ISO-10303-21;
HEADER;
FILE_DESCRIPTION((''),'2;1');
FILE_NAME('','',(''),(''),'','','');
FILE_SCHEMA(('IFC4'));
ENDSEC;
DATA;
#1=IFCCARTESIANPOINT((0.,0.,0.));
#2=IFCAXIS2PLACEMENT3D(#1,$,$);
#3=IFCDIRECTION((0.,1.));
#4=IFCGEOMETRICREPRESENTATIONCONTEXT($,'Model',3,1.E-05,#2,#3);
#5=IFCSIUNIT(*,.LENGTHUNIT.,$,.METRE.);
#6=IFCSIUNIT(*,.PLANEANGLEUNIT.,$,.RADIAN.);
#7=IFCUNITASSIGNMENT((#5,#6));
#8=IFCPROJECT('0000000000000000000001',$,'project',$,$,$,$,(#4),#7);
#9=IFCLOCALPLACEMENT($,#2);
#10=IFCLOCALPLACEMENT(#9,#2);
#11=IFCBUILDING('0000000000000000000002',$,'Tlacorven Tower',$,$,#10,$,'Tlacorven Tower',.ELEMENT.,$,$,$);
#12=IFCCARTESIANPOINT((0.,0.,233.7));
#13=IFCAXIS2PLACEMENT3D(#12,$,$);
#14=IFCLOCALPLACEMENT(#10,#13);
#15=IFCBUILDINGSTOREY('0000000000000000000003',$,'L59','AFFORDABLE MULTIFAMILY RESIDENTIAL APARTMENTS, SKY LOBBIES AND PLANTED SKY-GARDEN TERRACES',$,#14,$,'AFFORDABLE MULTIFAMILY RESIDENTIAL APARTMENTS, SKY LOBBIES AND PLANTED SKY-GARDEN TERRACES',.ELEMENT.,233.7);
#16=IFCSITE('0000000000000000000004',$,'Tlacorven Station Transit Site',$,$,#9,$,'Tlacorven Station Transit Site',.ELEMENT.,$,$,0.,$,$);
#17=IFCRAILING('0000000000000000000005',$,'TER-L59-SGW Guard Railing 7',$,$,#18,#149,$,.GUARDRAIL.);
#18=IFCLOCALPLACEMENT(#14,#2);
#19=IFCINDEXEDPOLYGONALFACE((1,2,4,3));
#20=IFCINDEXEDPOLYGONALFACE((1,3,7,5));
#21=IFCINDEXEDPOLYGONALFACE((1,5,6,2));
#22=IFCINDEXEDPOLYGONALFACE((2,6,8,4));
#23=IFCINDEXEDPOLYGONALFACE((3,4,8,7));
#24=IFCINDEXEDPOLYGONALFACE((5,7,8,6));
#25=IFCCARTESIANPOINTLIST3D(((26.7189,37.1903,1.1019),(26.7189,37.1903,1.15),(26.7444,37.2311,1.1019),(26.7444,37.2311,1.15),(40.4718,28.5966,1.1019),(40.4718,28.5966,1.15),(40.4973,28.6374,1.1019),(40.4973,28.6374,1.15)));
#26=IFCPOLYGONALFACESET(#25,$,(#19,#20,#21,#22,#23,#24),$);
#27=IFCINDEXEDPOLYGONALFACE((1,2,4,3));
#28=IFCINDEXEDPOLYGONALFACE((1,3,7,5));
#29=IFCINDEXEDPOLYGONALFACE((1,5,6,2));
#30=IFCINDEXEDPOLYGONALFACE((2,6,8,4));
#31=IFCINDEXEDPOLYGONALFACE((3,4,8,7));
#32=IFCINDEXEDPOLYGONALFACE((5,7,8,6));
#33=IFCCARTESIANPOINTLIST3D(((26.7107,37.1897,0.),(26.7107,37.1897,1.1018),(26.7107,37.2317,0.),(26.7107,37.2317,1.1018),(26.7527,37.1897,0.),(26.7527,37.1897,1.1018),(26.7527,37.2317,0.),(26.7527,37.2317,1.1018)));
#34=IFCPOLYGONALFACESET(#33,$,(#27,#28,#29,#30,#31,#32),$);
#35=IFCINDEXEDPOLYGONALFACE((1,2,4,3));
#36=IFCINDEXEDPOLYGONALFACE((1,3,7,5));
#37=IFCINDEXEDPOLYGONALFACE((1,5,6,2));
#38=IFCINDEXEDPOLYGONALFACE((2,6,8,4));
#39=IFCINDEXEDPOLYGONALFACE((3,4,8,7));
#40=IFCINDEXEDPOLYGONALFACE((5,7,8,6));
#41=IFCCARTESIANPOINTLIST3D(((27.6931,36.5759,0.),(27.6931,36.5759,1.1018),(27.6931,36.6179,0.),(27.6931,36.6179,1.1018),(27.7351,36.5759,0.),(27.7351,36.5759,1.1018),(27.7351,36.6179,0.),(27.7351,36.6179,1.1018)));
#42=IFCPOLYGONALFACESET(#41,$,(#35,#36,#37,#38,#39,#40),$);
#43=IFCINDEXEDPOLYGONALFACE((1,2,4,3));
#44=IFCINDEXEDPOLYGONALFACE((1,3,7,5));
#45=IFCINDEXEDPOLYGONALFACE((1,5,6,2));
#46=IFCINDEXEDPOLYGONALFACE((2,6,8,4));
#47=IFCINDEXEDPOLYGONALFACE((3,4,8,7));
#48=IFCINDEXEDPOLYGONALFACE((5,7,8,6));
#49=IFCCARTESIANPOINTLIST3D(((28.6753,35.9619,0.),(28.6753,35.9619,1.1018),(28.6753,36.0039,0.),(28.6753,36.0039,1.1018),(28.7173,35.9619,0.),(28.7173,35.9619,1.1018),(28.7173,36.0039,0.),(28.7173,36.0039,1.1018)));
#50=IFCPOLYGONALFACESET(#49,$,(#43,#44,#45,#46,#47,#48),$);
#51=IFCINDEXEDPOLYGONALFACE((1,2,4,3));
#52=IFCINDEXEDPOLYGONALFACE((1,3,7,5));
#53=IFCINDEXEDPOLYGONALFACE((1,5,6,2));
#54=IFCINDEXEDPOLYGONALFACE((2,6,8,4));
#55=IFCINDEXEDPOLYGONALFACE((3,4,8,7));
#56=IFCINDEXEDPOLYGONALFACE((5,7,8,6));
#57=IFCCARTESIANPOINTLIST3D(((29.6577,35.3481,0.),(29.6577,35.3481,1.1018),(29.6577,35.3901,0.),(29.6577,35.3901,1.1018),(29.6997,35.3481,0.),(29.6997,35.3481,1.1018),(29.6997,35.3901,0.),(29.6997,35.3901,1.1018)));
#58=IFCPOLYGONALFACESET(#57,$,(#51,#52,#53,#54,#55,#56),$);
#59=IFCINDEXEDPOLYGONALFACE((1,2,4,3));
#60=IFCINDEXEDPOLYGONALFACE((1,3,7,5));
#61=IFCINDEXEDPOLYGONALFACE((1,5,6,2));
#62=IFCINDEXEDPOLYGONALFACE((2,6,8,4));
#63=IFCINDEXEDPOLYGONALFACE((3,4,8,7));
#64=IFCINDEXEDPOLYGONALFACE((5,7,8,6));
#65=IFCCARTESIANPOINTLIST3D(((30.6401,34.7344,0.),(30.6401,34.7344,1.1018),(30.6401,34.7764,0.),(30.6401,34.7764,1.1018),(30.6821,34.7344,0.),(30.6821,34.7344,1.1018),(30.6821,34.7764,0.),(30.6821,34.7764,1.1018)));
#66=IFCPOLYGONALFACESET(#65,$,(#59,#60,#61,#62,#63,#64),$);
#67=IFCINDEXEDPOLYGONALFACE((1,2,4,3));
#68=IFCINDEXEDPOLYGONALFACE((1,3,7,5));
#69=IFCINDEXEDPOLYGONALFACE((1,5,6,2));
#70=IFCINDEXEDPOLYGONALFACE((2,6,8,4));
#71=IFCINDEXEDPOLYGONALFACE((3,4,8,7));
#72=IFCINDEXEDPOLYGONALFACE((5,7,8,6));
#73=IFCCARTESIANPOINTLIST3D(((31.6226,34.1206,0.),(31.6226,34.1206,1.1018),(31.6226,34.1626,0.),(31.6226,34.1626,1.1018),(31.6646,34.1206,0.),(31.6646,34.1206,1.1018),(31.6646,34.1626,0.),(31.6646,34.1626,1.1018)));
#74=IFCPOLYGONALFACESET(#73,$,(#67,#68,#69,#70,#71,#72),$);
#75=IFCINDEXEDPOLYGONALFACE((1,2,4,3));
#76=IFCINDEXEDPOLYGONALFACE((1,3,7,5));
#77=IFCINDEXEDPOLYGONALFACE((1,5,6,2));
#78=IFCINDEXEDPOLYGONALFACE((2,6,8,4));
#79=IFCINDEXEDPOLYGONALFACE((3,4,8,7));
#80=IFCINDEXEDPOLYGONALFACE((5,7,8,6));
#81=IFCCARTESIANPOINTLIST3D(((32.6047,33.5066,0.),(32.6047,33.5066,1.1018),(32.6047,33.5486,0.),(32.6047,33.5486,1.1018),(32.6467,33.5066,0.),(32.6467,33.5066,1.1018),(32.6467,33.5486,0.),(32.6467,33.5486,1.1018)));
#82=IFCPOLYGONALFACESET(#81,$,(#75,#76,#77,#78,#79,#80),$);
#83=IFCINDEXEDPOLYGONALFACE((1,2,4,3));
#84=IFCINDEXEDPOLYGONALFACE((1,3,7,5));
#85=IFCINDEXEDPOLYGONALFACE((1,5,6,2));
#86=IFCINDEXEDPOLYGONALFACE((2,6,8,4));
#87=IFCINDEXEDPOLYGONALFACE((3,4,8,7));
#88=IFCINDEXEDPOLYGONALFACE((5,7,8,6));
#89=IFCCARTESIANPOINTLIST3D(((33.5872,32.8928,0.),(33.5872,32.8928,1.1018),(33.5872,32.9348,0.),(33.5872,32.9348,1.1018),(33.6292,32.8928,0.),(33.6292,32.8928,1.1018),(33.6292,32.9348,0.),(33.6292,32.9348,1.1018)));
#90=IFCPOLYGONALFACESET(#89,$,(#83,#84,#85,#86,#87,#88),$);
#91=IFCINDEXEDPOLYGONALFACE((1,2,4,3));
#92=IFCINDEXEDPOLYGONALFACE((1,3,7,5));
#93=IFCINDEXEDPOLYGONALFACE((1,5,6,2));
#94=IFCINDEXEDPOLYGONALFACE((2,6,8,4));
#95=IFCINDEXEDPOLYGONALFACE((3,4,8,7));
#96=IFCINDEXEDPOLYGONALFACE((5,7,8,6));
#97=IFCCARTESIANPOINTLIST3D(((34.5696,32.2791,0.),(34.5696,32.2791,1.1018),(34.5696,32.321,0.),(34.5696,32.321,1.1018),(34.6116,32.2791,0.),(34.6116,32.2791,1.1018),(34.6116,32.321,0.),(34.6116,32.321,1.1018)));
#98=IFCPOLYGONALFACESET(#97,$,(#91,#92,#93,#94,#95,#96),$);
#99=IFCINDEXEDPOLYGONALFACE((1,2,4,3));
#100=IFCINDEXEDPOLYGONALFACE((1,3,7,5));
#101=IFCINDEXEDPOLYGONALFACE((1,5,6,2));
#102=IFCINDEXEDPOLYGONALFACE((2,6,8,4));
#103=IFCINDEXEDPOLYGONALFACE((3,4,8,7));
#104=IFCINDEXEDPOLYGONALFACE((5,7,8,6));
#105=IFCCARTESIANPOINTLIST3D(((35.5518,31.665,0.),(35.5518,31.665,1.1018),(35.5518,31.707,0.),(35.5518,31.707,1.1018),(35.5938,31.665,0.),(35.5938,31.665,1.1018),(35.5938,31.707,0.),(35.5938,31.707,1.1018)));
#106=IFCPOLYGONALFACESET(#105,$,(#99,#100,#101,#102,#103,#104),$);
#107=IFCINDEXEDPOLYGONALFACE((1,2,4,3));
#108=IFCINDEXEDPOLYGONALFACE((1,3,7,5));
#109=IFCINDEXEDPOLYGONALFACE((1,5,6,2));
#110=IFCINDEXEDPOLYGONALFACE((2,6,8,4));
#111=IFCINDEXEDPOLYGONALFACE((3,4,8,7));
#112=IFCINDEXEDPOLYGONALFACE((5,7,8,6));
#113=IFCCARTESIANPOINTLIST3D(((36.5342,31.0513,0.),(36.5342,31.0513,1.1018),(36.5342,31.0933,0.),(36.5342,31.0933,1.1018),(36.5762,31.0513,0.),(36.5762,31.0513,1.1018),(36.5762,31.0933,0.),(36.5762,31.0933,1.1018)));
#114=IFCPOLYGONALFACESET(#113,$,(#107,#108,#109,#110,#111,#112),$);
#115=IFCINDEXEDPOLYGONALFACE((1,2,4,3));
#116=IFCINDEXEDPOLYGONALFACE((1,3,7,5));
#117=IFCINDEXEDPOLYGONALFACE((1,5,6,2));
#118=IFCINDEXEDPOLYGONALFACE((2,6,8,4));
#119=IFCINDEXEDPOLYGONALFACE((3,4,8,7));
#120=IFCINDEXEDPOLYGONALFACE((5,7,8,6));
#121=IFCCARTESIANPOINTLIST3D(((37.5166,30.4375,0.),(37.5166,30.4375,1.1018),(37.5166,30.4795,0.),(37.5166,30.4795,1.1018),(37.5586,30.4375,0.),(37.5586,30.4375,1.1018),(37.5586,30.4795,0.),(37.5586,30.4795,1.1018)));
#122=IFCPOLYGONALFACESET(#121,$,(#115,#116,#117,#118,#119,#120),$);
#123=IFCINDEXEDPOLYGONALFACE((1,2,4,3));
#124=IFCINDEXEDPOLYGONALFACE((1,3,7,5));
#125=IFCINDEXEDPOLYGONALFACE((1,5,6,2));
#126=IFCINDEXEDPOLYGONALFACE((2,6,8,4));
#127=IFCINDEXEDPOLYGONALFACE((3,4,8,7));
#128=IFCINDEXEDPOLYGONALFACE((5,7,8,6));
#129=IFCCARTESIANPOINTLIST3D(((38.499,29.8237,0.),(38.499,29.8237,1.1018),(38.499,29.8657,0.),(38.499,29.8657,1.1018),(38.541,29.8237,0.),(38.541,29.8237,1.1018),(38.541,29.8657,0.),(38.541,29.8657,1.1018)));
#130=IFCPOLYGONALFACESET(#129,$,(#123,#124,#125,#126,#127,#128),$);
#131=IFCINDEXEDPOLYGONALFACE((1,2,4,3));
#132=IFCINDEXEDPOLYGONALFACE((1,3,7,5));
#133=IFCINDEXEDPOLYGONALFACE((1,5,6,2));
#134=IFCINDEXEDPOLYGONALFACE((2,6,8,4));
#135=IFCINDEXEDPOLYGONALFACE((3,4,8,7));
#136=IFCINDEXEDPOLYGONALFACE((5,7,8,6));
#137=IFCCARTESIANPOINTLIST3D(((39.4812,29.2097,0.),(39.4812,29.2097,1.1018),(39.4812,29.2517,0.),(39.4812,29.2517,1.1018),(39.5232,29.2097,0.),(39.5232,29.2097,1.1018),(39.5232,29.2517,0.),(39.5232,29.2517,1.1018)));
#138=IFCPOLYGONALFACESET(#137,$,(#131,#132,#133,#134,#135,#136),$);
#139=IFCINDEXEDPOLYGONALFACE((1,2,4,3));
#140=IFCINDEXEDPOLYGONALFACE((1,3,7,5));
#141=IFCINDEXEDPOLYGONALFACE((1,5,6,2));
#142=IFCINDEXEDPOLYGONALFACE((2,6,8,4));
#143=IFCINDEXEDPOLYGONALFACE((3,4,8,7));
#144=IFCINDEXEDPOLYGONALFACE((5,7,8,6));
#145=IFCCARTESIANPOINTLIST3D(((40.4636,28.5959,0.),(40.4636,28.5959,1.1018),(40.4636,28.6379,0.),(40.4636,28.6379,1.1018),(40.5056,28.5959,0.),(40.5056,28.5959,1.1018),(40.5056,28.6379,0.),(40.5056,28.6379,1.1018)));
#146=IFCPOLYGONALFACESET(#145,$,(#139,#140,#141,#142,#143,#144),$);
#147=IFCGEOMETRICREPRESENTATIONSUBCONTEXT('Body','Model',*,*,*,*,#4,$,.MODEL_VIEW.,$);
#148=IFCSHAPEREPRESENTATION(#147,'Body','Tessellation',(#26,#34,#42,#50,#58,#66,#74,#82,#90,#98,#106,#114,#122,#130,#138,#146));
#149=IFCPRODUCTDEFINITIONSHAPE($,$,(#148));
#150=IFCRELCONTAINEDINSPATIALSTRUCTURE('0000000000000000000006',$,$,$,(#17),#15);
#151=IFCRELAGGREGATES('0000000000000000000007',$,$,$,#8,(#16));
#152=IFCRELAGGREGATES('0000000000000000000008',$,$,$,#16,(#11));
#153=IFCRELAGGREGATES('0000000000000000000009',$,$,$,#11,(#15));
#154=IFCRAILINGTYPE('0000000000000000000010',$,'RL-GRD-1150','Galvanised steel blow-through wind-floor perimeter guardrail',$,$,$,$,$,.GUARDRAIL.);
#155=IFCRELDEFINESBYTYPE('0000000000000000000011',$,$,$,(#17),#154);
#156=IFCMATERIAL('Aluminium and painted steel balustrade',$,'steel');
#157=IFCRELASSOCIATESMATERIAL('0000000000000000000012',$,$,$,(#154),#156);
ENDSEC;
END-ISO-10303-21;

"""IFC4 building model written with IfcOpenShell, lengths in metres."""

from ifc_helpers import new_model, si_unit, direction, frame, origin, origin_2d, place, context, subcontext, project, spatial, rectangle, extrude, source, transform, mapped, material, type_object, element, save


model = new_model("IFC4")

# Units and contexts
model_context = context("Model", 3, precision=1e-05, world=origin(), true_north=direction((0.0, 1.0)))
body_context = subcontext(model_context, "Body", "Model", "MODEL_VIEW")
ifc_project = project(units=[si_unit("LENGTHUNIT", "METRE"), si_unit("PLANEANGLEUNIT", "RADIAN")], contexts=[model_context])

# Site, building, storey
site_placement = place(None, origin())
site = spatial("IfcSite", under=ifc_project, at=site_placement, Name="Tlacorven Station Transit Site", LongName="Tlacorven Station Transit Site", CompositionType="ELEMENT", RefElevation=0.0)
building_placement = place(site_placement, origin())
building = spatial("IfcBuilding", under=site, at=building_placement, Name="Tlacorven Tower", LongName="Tlacorven Tower", CompositionType="ELEMENT")
storey_placement = place(building_placement, frame((0.0, 0.0, 233.7)))
storey = spatial("IfcBuildingStorey", under=building, at=storey_placement, Name="L59", Description="AFFORDABLE MULTIFAMILY RESIDENTIAL APARTMENTS, SKY LOBBIES AND PLANTED SKY-GARDEN TERRACES", LongName="AFFORDABLE MULTIFAMILY RESIDENTIAL APARTMENTS, SKY LOBBIES AND PLANTED SKY-GARDEN TERRACES", CompositionType="ELEMENT", Elevation=233.7)

# Railing
ifc_material_1 = material(Name="Aluminium and painted steel balustrade", Category="steel")
railing_type_1 = type_object("IfcRailingType", Name="RL-GRD-1150", Description="Galvanised steel blow-through wind-floor perimeter guardrail", PredefinedType="GUARDRAIL", material=ifc_material_1)
shared_shape_1 = source(origin(), body_context, "Body", "SweptSolid", [
    extrude(rectangle(XDim=0.0481, YDim=0.0481, at=origin_2d()), frame((0.0, 0.0, 1.126), z_axis=(0.848049, -0.529918, 0.0), x_axis=(0.529918, 0.848049, 0.0)), (0.0, 0.0, 1.0), 16.217),
    extrude(rectangle(XDim=0.042, YDim=0.042, at=origin_2d()), origin(), (0.0, 0.0, 1.0), 1.1018),
    extrude(rectangle(XDim=0.042, YDim=0.042, at=origin_2d()), frame((0.9824, -0.6138, 0.0)), (0.0, 0.0, 1.0), 1.1018),
    extrude(rectangle(XDim=0.042, YDim=0.042, at=origin_2d()), frame((1.9646, -1.2278, 0.0)), (0.0, 0.0, 1.0), 1.1018),
    extrude(rectangle(XDim=0.042, YDim=0.042, at=origin_2d()), frame((2.947, -1.8416, 0.0)), (0.0, 0.0, 1.0), 1.1018),
    extrude(rectangle(XDim=0.042, YDim=0.042, at=origin_2d()), frame((3.9294, -2.4553, 0.0)), (0.0, 0.0, 1.0), 1.1018),
    extrude(rectangle(XDim=0.042, YDim=0.042, at=origin_2d()), frame((4.9119, -3.0691, 0.0)), (0.0, 0.0, 1.0), 1.1018),
    extrude(rectangle(XDim=0.042, YDim=0.042, at=origin_2d()), frame((5.894, -3.6831, 0.0)), (0.0, 0.0, 1.0), 1.1018),
    extrude(rectangle(XDim=0.042, YDim=0.042, at=origin_2d()), frame((6.8765, -4.2969, 0.0)), (0.0, 0.0, 1.0), 1.1018),
    extrude(rectangle(XDim=0.042, YDim=0.042, at=origin_2d()), frame((7.8589, -4.9106, 0.0)), (0.0, 0.0, 1.0), 1.1018),
    extrude(rectangle(XDim=0.042, YDim=0.042, at=origin_2d()), frame((8.8411, -5.5247, 0.0)), (0.0, 0.0, 1.0), 1.1018),
    extrude(rectangle(XDim=0.042, YDim=0.042, at=origin_2d()), frame((9.8235, -6.1384, 0.0)), (0.0, 0.0, 1.0), 1.1018),
    extrude(rectangle(XDim=0.042, YDim=0.042, at=origin_2d()), frame((10.8059, -6.7522, 0.0)), (0.0, 0.0, 1.0), 1.1018),
    extrude(rectangle(XDim=0.042, YDim=0.042, at=origin_2d()), frame((11.7883, -7.366, 0.0)), (0.0, 0.0, 1.0), 1.1018),
    extrude(rectangle(XDim=0.042, YDim=0.042, at=origin_2d()), frame((12.7705, -7.98, 0.0)), (0.0, 0.0, 1.0), 1.1018),
    extrude(rectangle(XDim=0.042, YDim=0.042, at=origin_2d()), frame((13.7529, -8.5938, 0.0)), (0.0, 0.0, 1.0), 1.1018),
])
railing_1_placement = place(storey_placement, frame((26.7317, 37.2107, 0.0)))
element("IfcRailing", 1, at=railing_1_placement, inside=storey, type_object=railing_type_1, Name="TER-L59-SGW Guard Railing 7", PredefinedType="GUARDRAIL", context=body_context, shape_type="MappedRepresentation", body=[
    mapped(shared_shape_1, transform((0.0, 0.0, 0.0), scale=1.0)),
])

save(model, "model.ifc")
